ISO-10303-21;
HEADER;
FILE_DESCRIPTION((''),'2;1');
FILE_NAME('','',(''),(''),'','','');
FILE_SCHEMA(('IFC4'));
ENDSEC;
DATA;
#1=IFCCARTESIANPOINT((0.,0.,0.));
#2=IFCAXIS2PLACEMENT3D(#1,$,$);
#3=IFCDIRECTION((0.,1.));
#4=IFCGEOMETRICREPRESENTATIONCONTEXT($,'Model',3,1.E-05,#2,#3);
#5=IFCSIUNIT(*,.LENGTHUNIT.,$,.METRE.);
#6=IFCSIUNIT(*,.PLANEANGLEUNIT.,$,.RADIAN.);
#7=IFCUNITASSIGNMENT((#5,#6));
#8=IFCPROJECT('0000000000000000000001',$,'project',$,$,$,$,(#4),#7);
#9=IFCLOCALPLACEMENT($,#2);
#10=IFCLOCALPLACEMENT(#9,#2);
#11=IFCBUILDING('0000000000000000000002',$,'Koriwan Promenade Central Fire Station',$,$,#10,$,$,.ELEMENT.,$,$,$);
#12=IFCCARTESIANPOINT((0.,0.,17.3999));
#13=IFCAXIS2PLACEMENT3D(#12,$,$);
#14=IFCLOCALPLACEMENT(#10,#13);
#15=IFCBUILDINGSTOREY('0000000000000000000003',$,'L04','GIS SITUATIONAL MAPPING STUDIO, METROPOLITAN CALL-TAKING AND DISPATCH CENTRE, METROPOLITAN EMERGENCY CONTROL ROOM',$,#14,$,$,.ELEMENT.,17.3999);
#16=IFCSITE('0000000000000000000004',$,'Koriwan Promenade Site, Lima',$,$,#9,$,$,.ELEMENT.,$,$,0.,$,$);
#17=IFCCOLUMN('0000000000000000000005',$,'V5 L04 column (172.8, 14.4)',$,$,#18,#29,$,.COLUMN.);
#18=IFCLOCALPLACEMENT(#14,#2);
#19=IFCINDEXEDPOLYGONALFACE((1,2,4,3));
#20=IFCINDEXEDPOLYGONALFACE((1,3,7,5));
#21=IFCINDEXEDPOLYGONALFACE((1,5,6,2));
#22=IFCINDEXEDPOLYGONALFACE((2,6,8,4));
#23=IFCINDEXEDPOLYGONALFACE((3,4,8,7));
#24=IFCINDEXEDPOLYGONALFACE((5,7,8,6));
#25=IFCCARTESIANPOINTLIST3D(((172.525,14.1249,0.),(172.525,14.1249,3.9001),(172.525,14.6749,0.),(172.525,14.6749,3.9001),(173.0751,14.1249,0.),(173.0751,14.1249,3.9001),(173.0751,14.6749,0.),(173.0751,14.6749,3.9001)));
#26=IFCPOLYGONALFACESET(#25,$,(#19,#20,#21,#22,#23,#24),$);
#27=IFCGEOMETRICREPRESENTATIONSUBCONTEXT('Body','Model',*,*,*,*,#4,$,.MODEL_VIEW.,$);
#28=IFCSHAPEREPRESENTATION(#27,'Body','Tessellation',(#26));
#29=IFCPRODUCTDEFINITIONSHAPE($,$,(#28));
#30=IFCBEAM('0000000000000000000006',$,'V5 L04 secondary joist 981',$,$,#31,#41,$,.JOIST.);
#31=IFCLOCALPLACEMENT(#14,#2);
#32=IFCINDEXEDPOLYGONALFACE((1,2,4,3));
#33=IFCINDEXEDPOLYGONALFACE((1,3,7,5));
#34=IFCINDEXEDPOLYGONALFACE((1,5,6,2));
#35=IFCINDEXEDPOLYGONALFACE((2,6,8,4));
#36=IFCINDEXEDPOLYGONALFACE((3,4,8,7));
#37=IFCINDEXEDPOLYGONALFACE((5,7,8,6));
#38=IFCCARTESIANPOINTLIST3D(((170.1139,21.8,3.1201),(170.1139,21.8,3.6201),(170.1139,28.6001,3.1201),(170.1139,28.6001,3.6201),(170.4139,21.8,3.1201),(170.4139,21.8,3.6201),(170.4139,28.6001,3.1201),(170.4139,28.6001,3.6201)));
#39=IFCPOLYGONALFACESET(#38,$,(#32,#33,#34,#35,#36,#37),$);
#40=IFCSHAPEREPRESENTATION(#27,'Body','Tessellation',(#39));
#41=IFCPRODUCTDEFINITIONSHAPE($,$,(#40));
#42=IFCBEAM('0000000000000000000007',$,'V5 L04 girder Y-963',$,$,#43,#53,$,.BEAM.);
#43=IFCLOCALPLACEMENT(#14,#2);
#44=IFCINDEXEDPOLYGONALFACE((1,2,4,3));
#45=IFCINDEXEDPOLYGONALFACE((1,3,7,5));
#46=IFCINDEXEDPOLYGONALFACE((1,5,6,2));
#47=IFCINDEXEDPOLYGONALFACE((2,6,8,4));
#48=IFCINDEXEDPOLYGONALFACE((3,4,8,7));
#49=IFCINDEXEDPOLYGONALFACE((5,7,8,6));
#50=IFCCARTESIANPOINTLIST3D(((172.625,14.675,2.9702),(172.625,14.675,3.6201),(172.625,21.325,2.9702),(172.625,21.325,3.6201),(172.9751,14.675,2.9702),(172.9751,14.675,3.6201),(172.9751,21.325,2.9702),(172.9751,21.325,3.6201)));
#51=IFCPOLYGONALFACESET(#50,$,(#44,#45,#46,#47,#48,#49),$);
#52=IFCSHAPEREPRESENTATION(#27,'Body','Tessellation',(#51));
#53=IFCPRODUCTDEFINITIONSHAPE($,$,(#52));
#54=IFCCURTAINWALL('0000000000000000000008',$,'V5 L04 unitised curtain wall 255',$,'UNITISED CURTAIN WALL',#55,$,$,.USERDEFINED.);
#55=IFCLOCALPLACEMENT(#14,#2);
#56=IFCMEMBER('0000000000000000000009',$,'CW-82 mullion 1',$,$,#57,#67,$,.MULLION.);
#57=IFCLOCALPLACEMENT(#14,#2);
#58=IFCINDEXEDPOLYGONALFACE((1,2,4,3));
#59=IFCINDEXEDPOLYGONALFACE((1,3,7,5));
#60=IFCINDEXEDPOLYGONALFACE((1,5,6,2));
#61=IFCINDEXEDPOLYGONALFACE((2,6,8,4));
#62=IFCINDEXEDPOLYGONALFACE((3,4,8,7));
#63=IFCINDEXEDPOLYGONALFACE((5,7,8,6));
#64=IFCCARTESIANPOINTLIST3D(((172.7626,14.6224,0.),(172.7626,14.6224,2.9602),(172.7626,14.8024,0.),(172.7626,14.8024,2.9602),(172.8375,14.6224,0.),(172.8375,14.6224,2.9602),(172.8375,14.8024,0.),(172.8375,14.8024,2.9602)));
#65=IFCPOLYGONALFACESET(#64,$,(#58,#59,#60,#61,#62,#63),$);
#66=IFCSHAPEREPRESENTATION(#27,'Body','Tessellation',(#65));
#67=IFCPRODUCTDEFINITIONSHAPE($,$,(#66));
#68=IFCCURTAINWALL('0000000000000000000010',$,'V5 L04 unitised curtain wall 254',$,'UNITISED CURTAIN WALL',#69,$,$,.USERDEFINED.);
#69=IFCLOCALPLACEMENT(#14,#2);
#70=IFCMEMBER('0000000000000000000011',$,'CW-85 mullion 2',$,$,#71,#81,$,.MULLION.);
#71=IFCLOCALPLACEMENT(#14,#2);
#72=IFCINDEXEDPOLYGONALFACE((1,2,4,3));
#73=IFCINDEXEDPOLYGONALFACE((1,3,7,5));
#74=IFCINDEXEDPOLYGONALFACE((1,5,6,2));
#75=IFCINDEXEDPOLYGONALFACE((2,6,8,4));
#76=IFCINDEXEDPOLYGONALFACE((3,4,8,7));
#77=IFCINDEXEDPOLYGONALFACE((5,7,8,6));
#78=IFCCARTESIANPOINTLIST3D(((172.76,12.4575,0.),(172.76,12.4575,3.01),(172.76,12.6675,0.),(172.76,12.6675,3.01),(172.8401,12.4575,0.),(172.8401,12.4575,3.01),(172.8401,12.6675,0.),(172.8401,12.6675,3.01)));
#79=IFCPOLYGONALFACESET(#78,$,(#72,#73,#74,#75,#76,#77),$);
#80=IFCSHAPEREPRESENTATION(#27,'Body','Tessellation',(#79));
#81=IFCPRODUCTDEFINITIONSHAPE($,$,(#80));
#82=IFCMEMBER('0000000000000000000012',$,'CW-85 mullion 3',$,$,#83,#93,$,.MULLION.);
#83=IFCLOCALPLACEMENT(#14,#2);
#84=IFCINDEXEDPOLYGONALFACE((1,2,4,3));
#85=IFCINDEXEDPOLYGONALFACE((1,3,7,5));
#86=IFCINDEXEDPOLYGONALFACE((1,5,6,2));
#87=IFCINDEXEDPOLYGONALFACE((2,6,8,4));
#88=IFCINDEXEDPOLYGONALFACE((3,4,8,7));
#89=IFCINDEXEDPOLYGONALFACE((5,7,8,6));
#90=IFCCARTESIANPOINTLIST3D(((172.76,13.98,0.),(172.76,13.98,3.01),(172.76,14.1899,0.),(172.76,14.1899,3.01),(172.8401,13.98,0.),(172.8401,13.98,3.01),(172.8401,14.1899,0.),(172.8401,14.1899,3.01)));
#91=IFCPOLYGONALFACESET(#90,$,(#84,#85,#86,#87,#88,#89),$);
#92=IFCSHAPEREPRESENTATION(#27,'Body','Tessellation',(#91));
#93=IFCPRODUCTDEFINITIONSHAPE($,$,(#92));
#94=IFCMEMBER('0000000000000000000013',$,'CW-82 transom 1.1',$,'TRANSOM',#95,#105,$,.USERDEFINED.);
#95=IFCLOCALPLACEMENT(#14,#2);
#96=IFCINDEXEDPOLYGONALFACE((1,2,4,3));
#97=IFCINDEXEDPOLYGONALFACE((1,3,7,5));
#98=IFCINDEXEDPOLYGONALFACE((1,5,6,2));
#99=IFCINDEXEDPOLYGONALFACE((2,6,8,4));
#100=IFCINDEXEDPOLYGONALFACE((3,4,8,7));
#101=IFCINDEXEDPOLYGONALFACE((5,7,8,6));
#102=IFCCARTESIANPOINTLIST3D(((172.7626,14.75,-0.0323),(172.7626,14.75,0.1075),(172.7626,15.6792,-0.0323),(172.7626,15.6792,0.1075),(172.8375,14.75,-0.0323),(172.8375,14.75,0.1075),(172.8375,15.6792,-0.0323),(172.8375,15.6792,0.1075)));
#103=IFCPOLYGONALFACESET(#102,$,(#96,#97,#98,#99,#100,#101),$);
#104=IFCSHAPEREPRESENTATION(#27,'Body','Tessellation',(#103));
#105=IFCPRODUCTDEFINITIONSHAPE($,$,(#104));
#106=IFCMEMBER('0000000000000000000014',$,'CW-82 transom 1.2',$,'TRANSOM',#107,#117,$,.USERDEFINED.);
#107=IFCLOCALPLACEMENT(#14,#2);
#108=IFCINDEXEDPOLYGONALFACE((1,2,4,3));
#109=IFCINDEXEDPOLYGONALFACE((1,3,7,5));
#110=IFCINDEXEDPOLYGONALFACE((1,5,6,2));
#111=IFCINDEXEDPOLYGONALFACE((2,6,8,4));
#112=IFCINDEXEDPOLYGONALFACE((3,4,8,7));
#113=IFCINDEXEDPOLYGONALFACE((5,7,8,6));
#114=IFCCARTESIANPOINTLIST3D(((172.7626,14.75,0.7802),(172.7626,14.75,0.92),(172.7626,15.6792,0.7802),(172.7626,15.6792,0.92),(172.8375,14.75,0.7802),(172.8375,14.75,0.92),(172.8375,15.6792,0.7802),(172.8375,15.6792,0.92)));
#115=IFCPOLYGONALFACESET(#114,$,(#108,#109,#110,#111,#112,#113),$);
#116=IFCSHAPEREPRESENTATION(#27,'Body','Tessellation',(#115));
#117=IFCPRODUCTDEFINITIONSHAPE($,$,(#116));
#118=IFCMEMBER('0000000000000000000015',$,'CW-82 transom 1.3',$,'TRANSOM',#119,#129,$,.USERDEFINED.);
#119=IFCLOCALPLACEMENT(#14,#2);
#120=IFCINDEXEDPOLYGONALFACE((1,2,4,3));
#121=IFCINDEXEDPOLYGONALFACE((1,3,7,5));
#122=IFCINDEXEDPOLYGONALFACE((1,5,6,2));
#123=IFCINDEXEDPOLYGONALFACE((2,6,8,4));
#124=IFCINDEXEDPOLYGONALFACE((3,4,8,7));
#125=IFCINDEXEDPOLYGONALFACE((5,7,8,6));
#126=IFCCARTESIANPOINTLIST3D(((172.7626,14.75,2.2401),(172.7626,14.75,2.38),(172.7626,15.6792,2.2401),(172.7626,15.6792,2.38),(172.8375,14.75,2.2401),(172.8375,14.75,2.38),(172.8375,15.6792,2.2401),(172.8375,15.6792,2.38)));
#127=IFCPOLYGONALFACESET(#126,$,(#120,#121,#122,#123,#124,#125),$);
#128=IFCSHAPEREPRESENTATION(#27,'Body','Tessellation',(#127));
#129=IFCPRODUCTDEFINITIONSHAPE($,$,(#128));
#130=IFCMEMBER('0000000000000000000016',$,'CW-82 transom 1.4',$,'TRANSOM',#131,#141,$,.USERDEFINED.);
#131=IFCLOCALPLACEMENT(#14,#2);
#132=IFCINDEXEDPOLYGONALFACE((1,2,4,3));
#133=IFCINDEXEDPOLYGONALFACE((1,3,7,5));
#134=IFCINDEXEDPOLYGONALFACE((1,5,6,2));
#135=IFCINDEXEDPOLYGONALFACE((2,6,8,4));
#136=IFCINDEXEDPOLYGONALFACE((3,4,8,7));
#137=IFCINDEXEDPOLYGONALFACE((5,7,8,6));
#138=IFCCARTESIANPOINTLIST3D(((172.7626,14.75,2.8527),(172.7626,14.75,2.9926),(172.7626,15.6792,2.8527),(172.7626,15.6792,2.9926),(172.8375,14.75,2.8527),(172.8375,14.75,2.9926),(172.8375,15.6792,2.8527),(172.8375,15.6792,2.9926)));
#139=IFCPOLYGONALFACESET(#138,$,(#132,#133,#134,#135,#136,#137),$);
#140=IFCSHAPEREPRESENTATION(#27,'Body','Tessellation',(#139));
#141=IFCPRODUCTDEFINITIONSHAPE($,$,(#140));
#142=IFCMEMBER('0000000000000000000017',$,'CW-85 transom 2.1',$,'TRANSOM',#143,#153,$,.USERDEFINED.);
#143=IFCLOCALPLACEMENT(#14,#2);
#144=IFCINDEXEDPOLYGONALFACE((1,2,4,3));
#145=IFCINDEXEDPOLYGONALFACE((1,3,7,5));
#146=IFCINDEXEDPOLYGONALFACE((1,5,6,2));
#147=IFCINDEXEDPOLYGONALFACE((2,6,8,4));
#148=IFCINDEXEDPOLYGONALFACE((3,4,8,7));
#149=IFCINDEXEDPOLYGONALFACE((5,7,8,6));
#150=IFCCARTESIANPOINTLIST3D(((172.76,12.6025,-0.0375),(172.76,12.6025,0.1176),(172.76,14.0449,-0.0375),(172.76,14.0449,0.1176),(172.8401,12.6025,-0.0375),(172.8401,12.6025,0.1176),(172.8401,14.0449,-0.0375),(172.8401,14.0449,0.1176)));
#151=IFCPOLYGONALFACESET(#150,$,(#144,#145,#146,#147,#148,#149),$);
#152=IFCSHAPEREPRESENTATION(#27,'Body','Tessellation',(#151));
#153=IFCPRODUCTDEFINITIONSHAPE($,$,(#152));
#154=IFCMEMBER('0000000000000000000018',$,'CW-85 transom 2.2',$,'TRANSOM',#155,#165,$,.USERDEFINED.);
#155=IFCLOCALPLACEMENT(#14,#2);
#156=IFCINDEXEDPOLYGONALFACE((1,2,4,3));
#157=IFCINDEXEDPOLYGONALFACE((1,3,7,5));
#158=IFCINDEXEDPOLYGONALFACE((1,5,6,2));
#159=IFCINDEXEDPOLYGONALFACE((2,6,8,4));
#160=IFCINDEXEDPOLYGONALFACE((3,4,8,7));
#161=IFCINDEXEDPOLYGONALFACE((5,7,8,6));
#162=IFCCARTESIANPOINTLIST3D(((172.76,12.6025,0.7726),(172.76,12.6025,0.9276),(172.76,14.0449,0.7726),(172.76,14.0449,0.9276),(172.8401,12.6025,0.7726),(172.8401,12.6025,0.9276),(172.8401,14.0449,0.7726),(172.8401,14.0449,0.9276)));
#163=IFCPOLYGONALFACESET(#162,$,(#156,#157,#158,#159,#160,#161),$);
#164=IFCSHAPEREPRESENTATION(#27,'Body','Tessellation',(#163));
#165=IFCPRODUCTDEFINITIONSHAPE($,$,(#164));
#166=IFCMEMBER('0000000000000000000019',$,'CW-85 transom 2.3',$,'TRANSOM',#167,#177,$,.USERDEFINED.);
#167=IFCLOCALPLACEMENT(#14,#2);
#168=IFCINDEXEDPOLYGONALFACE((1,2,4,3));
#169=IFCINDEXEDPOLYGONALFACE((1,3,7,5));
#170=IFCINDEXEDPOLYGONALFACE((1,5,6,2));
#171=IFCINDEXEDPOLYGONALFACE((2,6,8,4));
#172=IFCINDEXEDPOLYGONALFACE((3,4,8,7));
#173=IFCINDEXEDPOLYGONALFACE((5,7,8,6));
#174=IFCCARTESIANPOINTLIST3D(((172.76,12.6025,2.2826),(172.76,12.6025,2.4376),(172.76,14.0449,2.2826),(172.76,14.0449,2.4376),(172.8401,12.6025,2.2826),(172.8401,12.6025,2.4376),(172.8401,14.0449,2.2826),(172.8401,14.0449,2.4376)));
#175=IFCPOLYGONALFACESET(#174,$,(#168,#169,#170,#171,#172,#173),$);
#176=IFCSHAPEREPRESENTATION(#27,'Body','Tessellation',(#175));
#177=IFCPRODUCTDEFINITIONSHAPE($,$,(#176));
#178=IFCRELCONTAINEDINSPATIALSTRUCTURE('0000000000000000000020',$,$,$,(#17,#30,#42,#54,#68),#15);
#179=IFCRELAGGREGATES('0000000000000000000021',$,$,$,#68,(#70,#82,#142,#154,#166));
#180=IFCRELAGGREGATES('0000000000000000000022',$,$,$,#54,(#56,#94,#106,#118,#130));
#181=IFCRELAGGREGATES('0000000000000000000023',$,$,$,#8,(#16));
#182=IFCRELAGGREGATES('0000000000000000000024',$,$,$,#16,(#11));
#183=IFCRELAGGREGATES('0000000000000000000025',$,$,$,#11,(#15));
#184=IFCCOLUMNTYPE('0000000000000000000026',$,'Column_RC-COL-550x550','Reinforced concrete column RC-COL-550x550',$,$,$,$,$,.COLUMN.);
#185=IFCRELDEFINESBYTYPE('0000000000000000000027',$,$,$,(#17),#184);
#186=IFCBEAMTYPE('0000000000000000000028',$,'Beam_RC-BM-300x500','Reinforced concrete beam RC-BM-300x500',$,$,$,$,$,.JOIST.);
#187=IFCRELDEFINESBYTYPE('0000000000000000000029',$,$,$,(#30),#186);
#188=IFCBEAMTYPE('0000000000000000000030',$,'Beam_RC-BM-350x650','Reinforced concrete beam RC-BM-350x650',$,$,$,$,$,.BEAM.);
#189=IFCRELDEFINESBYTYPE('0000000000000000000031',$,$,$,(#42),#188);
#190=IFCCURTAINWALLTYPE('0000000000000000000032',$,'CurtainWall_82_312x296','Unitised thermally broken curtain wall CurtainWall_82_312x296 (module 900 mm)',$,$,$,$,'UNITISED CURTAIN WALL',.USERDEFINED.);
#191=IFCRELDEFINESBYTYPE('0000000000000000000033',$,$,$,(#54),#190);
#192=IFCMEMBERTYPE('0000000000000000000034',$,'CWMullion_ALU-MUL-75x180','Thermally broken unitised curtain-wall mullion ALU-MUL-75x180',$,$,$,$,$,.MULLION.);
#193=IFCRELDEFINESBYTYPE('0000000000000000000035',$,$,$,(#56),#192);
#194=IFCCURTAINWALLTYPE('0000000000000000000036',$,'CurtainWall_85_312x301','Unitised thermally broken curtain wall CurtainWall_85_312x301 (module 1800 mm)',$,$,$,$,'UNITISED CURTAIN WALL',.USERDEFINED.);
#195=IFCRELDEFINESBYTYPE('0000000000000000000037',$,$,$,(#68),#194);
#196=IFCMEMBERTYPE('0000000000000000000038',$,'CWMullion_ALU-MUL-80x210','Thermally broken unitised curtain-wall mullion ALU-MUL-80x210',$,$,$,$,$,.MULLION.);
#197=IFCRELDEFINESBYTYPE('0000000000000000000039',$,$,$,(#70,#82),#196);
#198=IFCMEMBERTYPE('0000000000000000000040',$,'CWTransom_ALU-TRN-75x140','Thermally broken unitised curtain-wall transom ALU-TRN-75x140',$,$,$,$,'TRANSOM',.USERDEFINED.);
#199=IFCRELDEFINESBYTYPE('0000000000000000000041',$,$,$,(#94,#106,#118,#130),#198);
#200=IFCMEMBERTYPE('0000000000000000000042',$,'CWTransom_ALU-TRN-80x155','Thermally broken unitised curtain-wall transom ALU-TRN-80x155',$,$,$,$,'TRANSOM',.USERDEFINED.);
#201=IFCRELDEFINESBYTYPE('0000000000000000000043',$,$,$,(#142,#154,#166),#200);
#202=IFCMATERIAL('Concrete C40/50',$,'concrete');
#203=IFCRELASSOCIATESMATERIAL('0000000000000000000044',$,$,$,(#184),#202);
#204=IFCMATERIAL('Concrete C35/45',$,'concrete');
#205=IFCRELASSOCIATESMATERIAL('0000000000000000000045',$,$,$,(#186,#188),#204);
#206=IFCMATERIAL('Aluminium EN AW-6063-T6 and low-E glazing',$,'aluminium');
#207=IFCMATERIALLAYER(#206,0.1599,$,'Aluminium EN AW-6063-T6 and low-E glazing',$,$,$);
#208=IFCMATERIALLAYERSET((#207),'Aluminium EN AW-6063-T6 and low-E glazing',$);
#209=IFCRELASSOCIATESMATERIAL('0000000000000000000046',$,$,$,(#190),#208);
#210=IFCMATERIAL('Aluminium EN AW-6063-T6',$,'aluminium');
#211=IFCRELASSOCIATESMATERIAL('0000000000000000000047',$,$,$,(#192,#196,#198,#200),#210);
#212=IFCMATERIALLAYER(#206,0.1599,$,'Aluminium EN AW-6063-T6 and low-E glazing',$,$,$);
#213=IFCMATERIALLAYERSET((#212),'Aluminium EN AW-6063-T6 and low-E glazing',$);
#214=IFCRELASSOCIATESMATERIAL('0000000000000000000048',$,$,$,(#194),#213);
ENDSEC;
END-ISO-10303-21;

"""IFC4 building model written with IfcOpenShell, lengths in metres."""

from ifc_helpers import new_model, si_unit, direction, frame, origin, origin_2d, place, context, subcontext, project, spatial, rectangle, extrude, material, layer, layer_set, material_profile, profile_set, type_object, element, aggregate, save


model = new_model("IFC4")

# Units and contexts
model_context = context("Model", 3, precision=1e-05, world=origin(), true_north=direction((0.0, 1.0)))
body_context = subcontext(model_context, "Body", "Model", "MODEL_VIEW")
ifc_project = project(units=[si_unit("LENGTHUNIT", "METRE"), si_unit("PLANEANGLEUNIT", "RADIAN")], contexts=[model_context])

# Site, building, storey
site_placement = place(None, origin())
site = spatial("IfcSite", under=ifc_project, at=site_placement, Name="Koriwan Promenade Site, Lima", CompositionType="ELEMENT", RefElevation=0.0)
building_placement = place(site_placement, origin())
building = spatial("IfcBuilding", under=site, at=building_placement, Name="Koriwan Promenade Central Fire Station", CompositionType="ELEMENT")
storey_placement = place(building_placement, frame((0.0, 0.0, 17.3999)))
storey = spatial("IfcBuildingStorey", under=building, at=storey_placement, Name="L04", Description="GIS SITUATIONAL MAPPING STUDIO, METROPOLITAN CALL-TAKING AND DISPATCH CENTRE, METROPOLITAN EMERGENCY CONTROL ROOM", CompositionType="ELEMENT", Elevation=17.3999)

# Column
ifc_material_1 = material(Name="Concrete C40/50", Category="concrete")
ifc_material_profile_1 = material_profile(ifc_material_1, rectangle(XDim=0.55, YDim=0.55, at=origin_2d()), Name="RC-COL-550x550")
ifc_profile_set_1 = profile_set([ifc_material_profile_1], Name="Concrete C40/50")
column_type = type_object("IfcColumnType", Name="Column_RC-COL-550x550", Description="Reinforced concrete column RC-COL-550x550", PredefinedType="COLUMN", material=ifc_profile_set_1)
column_placement = place(storey_placement, frame((172.8, 14.3999, 0.0), z_axis=(0.0, 0.0, 1.0), x_axis=(1.0, 0.0, 0.0)))
element("IfcColumn", 1, at=column_placement, inside=storey, type_object=column_type, Name="V5 L04 column (172.8, 14.4)", PredefinedType="COLUMN", context=body_context, shape_type="SweptSolid", body=[
    extrude(rectangle(XDim=0.55, YDim=0.55, at=origin_2d()), origin(), (0.0, 0.0, 1.0), 3.9001),
])

# Beams
ifc_material_2 = material(Name="Concrete C35/45", Category="concrete")
ifc_material_profile_2 = material_profile(ifc_material_2, rectangle(XDim=0.3, YDim=0.5, at=origin_2d()), Name="RC-BM-300x500")
ifc_profile_set_2 = profile_set([ifc_material_profile_2], Name="Concrete C35/45")
beam_type_1 = type_object("IfcBeamType", Name="Beam_RC-BM-300x500", Description="Reinforced concrete beam RC-BM-300x500", PredefinedType="JOIST", material=ifc_profile_set_2)
beam_1_placement = place(storey_placement, frame((170.2639, 21.8, 3.3701), z_axis=(0.0, 1.0, 0.0), x_axis=(-1.0, 0.0, 0.0)))
element("IfcBeam", 2, at=beam_1_placement, inside=storey, type_object=beam_type_1, Name="V5 L04 secondary joist 981", PredefinedType="JOIST", context=body_context, shape_type="SweptSolid", body=[
    extrude(rectangle(XDim=0.3, YDim=0.5, at=origin_2d()), origin(), (0.0, 0.0, 1.0), 6.8),
])
ifc_material_profile_3 = material_profile(ifc_material_2, rectangle(XDim=0.3501, YDim=0.6499, at=origin_2d()), Name="RC-BM-350x650")
ifc_profile_set_3 = profile_set([ifc_material_profile_3], Name="Concrete C35/45")
beam_type_2 = type_object("IfcBeamType", Name="Beam_RC-BM-350x650", Description="Reinforced concrete beam RC-BM-350x650", PredefinedType="BEAM", material=ifc_profile_set_3)
beam_2_placement = place(storey_placement, frame((172.8, 14.675, 3.2952), z_axis=(0.0, 1.0, 0.0), x_axis=(-1.0, 0.0, 0.0)))
element("IfcBeam", 3, at=beam_2_placement, inside=storey, type_object=beam_type_2, Name="V5 L04 girder Y-963", PredefinedType="BEAM", context=body_context, shape_type="SweptSolid", body=[
    extrude(rectangle(XDim=0.3501, YDim=0.6499, at=origin_2d()), origin(), (0.0, 0.0, 1.0), 6.6499),
])

# Curtain wall, member
ifc_material_3 = material(Name="Aluminium EN AW-6063-T6 and low-E glazing", Category="aluminium")
ifc_layer_1 = layer(ifc_material_3, 0.1599, Name="Aluminium EN AW-6063-T6 and low-E glazing")
ifc_layer_set_1 = layer_set([ifc_layer_1], Name="Aluminium EN AW-6063-T6 and low-E glazing")
curtain_wall_type_1 = type_object("IfcCurtainWallType", Name="CurtainWall_82_312x296", Description="Unitised thermally broken curtain wall CurtainWall_82_312x296 (module 900 mm)", ElementType="UNITISED CURTAIN WALL", PredefinedType="USERDEFINED", material=ifc_layer_set_1)
curtain_wall_1_placement = place(storey_placement, origin())
curtain_wall_1 = element("IfcCurtainWall", 4, at=curtain_wall_1_placement, inside=storey, type_object=curtain_wall_type_1, Name="V5 L04 unitised curtain wall 255", ObjectType="UNITISED CURTAIN WALL", PredefinedType="USERDEFINED")
ifc_material_4 = material(Name="Aluminium EN AW-6063-T6", Category="aluminium")
ifc_material_profile_4 = material_profile(ifc_material_4, rectangle(XDim=0.075, YDim=0.1799, at=origin_2d()), Name="ALU-MUL-75x180")
ifc_profile_set_4 = profile_set([ifc_material_profile_4], Name="Aluminium EN AW-6063-T6")
member_type_1 = type_object("IfcMemberType", Name="CWMullion_ALU-MUL-75x180", Description="Thermally broken unitised curtain-wall mullion ALU-MUL-75x180", PredefinedType="MULLION", material=ifc_profile_set_4)
member_1_placement = place(storey_placement, frame((172.8, 14.7124, 0.0), z_axis=(0.0, 0.0, 1.0), x_axis=(-1.0, 0.0, 0.0)))
member_1 = element("IfcMember", 5, at=member_1_placement, type_object=member_type_1, Name="CW-82 mullion 1", PredefinedType="MULLION", context=body_context, shape_type="SweptSolid", body=[
    extrude(rectangle(XDim=0.075, YDim=0.1799, at=origin_2d()), origin(), (0.0, 0.0, 1.0), 2.9602),
])

# Curtain wall, members
ifc_layer_2 = layer(ifc_material_3, 0.1599, Name="Aluminium EN AW-6063-T6 and low-E glazing")
ifc_layer_set_2 = layer_set([ifc_layer_2], Name="Aluminium EN AW-6063-T6 and low-E glazing")
curtain_wall_type_2 = type_object("IfcCurtainWallType", Name="CurtainWall_85_312x301", Description="Unitised thermally broken curtain wall CurtainWall_85_312x301 (module 1800 mm)", ElementType="UNITISED CURTAIN WALL", PredefinedType="USERDEFINED", material=ifc_layer_set_2)
curtain_wall_2_placement = place(storey_placement, origin())
curtain_wall_2 = element("IfcCurtainWall", 6, at=curtain_wall_2_placement, inside=storey, type_object=curtain_wall_type_2, Name="V5 L04 unitised curtain wall 254", ObjectType="UNITISED CURTAIN WALL", PredefinedType="USERDEFINED")
ifc_material_profile_5 = material_profile(ifc_material_4, rectangle(XDim=0.0801, YDim=0.21, at=origin_2d()), Name="ALU-MUL-80x210")
ifc_profile_set_5 = profile_set([ifc_material_profile_5], Name="Aluminium EN AW-6063-T6")
member_type_2 = type_object("IfcMemberType", Name="CWMullion_ALU-MUL-80x210", Description="Thermally broken unitised curtain-wall mullion ALU-MUL-80x210", PredefinedType="MULLION", material=ifc_profile_set_5)
member_2_placement = place(storey_placement, frame((172.8, 12.5625, 0.0), z_axis=(0.0, 0.0, 1.0), x_axis=(-1.0, 0.0, 0.0)))
member_2 = element("IfcMember", 7, at=member_2_placement, type_object=member_type_2, Name="CW-85 mullion 2", PredefinedType="MULLION", context=body_context, shape_type="SweptSolid", body=[
    extrude(rectangle(XDim=0.0801, YDim=0.21, at=origin_2d()), origin(), (0.0, 0.0, 1.0), 3.01),
])
member_3_placement = place(storey_placement, frame((172.8, 14.085, 0.0), z_axis=(0.0, 0.0, 1.0), x_axis=(-1.0, 0.0, 0.0)))
member_3 = element("IfcMember", 8, at=member_3_placement, type_object=member_type_2, Name="CW-85 mullion 3", PredefinedType="MULLION", context=body_context, shape_type="SweptSolid", body=[
    extrude(rectangle(XDim=0.0801, YDim=0.21, at=origin_2d()), origin(), (0.0, 0.0, 1.0), 3.01),
])

# Members
ifc_material_profile_6 = material_profile(ifc_material_4, rectangle(XDim=0.075, YDim=0.1399, at=origin_2d()), Name="ALU-TRN-75x140")
ifc_profile_set_6 = profile_set([ifc_material_profile_6], Name="Aluminium EN AW-6063-T6")
member_type_3 = type_object("IfcMemberType", Name="CWTransom_ALU-TRN-75x140", Description="Thermally broken unitised curtain-wall transom ALU-TRN-75x140", ElementType="TRANSOM", PredefinedType="USERDEFINED", material=ifc_profile_set_6)
member_4_placement = place(storey_placement, frame((172.8, 14.75, 0.0376), z_axis=(0.0, 1.0, 0.0), x_axis=(-1.0, 0.0, 0.0)))
member_4 = element("IfcMember", 9, at=member_4_placement, type_object=member_type_3, Name="CW-82 transom 1.1", ObjectType="TRANSOM", PredefinedType="USERDEFINED", context=body_context, shape_type="SweptSolid", body=[
    extrude(rectangle(XDim=0.075, YDim=0.1399, at=origin_2d()), origin(), (0.0, 0.0, 1.0), 0.9292),
])
member_5_placement = place(storey_placement, frame((172.8, 14.75, 0.8501), z_axis=(0.0, 1.0, 0.0), x_axis=(-1.0, 0.0, 0.0)))
member_5 = element("IfcMember", 10, at=member_5_placement, type_object=member_type_3, Name="CW-82 transom 1.2", ObjectType="TRANSOM", PredefinedType="USERDEFINED", context=body_context, shape_type="SweptSolid", body=[
    extrude(rectangle(XDim=0.075, YDim=0.1399, at=origin_2d()), origin(), (0.0, 0.0, 1.0), 0.9292),
])
member_6_placement = place(storey_placement, frame((172.8, 14.75, 2.3101), z_axis=(0.0, 1.0, 0.0), x_axis=(-1.0, 0.0, 0.0)))
member_6 = element("IfcMember", 11, at=member_6_placement, type_object=member_type_3, Name="CW-82 transom 1.3", ObjectType="TRANSOM", PredefinedType="USERDEFINED", context=body_context, shape_type="SweptSolid", body=[
    extrude(rectangle(XDim=0.075, YDim=0.1399, at=origin_2d()), origin(), (0.0, 0.0, 1.0), 0.9292),
])
member_7_placement = place(storey_placement, frame((172.8, 14.75, 2.9226), z_axis=(0.0, 1.0, 0.0), x_axis=(-1.0, 0.0, 0.0)))
member_7 = element("IfcMember", 12, at=member_7_placement, type_object=member_type_3, Name="CW-82 transom 1.4", ObjectType="TRANSOM", PredefinedType="USERDEFINED", context=body_context, shape_type="SweptSolid", body=[
    extrude(rectangle(XDim=0.075, YDim=0.1399, at=origin_2d()), origin(), (0.0, 0.0, 1.0), 0.9292),
])
ifc_material_profile_7 = material_profile(ifc_material_4, rectangle(XDim=0.0801, YDim=0.155, at=origin_2d()), Name="ALU-TRN-80x155")
ifc_profile_set_7 = profile_set([ifc_material_profile_7], Name="Aluminium EN AW-6063-T6")
member_type_4 = type_object("IfcMemberType", Name="CWTransom_ALU-TRN-80x155", Description="Thermally broken unitised curtain-wall transom ALU-TRN-80x155", ElementType="TRANSOM", PredefinedType="USERDEFINED", material=ifc_profile_set_7)
member_8_placement = place(storey_placement, frame((172.8, 12.6025, 0.04), z_axis=(0.0, 1.0, 0.0), x_axis=(-1.0, 0.0, 0.0)))
member_8 = element("IfcMember", 13, at=member_8_placement, type_object=member_type_4, Name="CW-85 transom 2.1", ObjectType="TRANSOM", PredefinedType="USERDEFINED", context=body_context, shape_type="SweptSolid", body=[
    extrude(rectangle(XDim=0.0801, YDim=0.155, at=origin_2d()), origin(), (0.0, 0.0, 1.0), 1.4424),
])
member_9_placement = place(storey_placement, frame((172.8, 12.6025, 0.8501), z_axis=(0.0, 1.0, 0.0), x_axis=(-1.0, 0.0, 0.0)))
member_9 = element("IfcMember", 14, at=member_9_placement, type_object=member_type_4, Name="CW-85 transom 2.2", ObjectType="TRANSOM", PredefinedType="USERDEFINED", context=body_context, shape_type="SweptSolid", body=[
    extrude(rectangle(XDim=0.0801, YDim=0.155, at=origin_2d()), origin(), (0.0, 0.0, 1.0), 1.4424),
])
member_10_placement = place(storey_placement, frame((172.8, 12.6025, 2.3601), z_axis=(0.0, 1.0, 0.0), x_axis=(-1.0, 0.0, 0.0)))
member_10 = element("IfcMember", 15, at=member_10_placement, type_object=member_type_4, Name="CW-85 transom 2.3", ObjectType="TRANSOM", PredefinedType="USERDEFINED", context=body_context, shape_type="SweptSolid", body=[
    extrude(rectangle(XDim=0.0801, YDim=0.155, at=origin_2d()), origin(), (0.0, 0.0, 1.0), 1.4424),
])

aggregate(curtain_wall_2, [member_2, member_3, member_8, member_9, member_10])
aggregate(curtain_wall_1, [member_1, member_4, member_5, member_6, member_7])

save(model, "model.ifc")
